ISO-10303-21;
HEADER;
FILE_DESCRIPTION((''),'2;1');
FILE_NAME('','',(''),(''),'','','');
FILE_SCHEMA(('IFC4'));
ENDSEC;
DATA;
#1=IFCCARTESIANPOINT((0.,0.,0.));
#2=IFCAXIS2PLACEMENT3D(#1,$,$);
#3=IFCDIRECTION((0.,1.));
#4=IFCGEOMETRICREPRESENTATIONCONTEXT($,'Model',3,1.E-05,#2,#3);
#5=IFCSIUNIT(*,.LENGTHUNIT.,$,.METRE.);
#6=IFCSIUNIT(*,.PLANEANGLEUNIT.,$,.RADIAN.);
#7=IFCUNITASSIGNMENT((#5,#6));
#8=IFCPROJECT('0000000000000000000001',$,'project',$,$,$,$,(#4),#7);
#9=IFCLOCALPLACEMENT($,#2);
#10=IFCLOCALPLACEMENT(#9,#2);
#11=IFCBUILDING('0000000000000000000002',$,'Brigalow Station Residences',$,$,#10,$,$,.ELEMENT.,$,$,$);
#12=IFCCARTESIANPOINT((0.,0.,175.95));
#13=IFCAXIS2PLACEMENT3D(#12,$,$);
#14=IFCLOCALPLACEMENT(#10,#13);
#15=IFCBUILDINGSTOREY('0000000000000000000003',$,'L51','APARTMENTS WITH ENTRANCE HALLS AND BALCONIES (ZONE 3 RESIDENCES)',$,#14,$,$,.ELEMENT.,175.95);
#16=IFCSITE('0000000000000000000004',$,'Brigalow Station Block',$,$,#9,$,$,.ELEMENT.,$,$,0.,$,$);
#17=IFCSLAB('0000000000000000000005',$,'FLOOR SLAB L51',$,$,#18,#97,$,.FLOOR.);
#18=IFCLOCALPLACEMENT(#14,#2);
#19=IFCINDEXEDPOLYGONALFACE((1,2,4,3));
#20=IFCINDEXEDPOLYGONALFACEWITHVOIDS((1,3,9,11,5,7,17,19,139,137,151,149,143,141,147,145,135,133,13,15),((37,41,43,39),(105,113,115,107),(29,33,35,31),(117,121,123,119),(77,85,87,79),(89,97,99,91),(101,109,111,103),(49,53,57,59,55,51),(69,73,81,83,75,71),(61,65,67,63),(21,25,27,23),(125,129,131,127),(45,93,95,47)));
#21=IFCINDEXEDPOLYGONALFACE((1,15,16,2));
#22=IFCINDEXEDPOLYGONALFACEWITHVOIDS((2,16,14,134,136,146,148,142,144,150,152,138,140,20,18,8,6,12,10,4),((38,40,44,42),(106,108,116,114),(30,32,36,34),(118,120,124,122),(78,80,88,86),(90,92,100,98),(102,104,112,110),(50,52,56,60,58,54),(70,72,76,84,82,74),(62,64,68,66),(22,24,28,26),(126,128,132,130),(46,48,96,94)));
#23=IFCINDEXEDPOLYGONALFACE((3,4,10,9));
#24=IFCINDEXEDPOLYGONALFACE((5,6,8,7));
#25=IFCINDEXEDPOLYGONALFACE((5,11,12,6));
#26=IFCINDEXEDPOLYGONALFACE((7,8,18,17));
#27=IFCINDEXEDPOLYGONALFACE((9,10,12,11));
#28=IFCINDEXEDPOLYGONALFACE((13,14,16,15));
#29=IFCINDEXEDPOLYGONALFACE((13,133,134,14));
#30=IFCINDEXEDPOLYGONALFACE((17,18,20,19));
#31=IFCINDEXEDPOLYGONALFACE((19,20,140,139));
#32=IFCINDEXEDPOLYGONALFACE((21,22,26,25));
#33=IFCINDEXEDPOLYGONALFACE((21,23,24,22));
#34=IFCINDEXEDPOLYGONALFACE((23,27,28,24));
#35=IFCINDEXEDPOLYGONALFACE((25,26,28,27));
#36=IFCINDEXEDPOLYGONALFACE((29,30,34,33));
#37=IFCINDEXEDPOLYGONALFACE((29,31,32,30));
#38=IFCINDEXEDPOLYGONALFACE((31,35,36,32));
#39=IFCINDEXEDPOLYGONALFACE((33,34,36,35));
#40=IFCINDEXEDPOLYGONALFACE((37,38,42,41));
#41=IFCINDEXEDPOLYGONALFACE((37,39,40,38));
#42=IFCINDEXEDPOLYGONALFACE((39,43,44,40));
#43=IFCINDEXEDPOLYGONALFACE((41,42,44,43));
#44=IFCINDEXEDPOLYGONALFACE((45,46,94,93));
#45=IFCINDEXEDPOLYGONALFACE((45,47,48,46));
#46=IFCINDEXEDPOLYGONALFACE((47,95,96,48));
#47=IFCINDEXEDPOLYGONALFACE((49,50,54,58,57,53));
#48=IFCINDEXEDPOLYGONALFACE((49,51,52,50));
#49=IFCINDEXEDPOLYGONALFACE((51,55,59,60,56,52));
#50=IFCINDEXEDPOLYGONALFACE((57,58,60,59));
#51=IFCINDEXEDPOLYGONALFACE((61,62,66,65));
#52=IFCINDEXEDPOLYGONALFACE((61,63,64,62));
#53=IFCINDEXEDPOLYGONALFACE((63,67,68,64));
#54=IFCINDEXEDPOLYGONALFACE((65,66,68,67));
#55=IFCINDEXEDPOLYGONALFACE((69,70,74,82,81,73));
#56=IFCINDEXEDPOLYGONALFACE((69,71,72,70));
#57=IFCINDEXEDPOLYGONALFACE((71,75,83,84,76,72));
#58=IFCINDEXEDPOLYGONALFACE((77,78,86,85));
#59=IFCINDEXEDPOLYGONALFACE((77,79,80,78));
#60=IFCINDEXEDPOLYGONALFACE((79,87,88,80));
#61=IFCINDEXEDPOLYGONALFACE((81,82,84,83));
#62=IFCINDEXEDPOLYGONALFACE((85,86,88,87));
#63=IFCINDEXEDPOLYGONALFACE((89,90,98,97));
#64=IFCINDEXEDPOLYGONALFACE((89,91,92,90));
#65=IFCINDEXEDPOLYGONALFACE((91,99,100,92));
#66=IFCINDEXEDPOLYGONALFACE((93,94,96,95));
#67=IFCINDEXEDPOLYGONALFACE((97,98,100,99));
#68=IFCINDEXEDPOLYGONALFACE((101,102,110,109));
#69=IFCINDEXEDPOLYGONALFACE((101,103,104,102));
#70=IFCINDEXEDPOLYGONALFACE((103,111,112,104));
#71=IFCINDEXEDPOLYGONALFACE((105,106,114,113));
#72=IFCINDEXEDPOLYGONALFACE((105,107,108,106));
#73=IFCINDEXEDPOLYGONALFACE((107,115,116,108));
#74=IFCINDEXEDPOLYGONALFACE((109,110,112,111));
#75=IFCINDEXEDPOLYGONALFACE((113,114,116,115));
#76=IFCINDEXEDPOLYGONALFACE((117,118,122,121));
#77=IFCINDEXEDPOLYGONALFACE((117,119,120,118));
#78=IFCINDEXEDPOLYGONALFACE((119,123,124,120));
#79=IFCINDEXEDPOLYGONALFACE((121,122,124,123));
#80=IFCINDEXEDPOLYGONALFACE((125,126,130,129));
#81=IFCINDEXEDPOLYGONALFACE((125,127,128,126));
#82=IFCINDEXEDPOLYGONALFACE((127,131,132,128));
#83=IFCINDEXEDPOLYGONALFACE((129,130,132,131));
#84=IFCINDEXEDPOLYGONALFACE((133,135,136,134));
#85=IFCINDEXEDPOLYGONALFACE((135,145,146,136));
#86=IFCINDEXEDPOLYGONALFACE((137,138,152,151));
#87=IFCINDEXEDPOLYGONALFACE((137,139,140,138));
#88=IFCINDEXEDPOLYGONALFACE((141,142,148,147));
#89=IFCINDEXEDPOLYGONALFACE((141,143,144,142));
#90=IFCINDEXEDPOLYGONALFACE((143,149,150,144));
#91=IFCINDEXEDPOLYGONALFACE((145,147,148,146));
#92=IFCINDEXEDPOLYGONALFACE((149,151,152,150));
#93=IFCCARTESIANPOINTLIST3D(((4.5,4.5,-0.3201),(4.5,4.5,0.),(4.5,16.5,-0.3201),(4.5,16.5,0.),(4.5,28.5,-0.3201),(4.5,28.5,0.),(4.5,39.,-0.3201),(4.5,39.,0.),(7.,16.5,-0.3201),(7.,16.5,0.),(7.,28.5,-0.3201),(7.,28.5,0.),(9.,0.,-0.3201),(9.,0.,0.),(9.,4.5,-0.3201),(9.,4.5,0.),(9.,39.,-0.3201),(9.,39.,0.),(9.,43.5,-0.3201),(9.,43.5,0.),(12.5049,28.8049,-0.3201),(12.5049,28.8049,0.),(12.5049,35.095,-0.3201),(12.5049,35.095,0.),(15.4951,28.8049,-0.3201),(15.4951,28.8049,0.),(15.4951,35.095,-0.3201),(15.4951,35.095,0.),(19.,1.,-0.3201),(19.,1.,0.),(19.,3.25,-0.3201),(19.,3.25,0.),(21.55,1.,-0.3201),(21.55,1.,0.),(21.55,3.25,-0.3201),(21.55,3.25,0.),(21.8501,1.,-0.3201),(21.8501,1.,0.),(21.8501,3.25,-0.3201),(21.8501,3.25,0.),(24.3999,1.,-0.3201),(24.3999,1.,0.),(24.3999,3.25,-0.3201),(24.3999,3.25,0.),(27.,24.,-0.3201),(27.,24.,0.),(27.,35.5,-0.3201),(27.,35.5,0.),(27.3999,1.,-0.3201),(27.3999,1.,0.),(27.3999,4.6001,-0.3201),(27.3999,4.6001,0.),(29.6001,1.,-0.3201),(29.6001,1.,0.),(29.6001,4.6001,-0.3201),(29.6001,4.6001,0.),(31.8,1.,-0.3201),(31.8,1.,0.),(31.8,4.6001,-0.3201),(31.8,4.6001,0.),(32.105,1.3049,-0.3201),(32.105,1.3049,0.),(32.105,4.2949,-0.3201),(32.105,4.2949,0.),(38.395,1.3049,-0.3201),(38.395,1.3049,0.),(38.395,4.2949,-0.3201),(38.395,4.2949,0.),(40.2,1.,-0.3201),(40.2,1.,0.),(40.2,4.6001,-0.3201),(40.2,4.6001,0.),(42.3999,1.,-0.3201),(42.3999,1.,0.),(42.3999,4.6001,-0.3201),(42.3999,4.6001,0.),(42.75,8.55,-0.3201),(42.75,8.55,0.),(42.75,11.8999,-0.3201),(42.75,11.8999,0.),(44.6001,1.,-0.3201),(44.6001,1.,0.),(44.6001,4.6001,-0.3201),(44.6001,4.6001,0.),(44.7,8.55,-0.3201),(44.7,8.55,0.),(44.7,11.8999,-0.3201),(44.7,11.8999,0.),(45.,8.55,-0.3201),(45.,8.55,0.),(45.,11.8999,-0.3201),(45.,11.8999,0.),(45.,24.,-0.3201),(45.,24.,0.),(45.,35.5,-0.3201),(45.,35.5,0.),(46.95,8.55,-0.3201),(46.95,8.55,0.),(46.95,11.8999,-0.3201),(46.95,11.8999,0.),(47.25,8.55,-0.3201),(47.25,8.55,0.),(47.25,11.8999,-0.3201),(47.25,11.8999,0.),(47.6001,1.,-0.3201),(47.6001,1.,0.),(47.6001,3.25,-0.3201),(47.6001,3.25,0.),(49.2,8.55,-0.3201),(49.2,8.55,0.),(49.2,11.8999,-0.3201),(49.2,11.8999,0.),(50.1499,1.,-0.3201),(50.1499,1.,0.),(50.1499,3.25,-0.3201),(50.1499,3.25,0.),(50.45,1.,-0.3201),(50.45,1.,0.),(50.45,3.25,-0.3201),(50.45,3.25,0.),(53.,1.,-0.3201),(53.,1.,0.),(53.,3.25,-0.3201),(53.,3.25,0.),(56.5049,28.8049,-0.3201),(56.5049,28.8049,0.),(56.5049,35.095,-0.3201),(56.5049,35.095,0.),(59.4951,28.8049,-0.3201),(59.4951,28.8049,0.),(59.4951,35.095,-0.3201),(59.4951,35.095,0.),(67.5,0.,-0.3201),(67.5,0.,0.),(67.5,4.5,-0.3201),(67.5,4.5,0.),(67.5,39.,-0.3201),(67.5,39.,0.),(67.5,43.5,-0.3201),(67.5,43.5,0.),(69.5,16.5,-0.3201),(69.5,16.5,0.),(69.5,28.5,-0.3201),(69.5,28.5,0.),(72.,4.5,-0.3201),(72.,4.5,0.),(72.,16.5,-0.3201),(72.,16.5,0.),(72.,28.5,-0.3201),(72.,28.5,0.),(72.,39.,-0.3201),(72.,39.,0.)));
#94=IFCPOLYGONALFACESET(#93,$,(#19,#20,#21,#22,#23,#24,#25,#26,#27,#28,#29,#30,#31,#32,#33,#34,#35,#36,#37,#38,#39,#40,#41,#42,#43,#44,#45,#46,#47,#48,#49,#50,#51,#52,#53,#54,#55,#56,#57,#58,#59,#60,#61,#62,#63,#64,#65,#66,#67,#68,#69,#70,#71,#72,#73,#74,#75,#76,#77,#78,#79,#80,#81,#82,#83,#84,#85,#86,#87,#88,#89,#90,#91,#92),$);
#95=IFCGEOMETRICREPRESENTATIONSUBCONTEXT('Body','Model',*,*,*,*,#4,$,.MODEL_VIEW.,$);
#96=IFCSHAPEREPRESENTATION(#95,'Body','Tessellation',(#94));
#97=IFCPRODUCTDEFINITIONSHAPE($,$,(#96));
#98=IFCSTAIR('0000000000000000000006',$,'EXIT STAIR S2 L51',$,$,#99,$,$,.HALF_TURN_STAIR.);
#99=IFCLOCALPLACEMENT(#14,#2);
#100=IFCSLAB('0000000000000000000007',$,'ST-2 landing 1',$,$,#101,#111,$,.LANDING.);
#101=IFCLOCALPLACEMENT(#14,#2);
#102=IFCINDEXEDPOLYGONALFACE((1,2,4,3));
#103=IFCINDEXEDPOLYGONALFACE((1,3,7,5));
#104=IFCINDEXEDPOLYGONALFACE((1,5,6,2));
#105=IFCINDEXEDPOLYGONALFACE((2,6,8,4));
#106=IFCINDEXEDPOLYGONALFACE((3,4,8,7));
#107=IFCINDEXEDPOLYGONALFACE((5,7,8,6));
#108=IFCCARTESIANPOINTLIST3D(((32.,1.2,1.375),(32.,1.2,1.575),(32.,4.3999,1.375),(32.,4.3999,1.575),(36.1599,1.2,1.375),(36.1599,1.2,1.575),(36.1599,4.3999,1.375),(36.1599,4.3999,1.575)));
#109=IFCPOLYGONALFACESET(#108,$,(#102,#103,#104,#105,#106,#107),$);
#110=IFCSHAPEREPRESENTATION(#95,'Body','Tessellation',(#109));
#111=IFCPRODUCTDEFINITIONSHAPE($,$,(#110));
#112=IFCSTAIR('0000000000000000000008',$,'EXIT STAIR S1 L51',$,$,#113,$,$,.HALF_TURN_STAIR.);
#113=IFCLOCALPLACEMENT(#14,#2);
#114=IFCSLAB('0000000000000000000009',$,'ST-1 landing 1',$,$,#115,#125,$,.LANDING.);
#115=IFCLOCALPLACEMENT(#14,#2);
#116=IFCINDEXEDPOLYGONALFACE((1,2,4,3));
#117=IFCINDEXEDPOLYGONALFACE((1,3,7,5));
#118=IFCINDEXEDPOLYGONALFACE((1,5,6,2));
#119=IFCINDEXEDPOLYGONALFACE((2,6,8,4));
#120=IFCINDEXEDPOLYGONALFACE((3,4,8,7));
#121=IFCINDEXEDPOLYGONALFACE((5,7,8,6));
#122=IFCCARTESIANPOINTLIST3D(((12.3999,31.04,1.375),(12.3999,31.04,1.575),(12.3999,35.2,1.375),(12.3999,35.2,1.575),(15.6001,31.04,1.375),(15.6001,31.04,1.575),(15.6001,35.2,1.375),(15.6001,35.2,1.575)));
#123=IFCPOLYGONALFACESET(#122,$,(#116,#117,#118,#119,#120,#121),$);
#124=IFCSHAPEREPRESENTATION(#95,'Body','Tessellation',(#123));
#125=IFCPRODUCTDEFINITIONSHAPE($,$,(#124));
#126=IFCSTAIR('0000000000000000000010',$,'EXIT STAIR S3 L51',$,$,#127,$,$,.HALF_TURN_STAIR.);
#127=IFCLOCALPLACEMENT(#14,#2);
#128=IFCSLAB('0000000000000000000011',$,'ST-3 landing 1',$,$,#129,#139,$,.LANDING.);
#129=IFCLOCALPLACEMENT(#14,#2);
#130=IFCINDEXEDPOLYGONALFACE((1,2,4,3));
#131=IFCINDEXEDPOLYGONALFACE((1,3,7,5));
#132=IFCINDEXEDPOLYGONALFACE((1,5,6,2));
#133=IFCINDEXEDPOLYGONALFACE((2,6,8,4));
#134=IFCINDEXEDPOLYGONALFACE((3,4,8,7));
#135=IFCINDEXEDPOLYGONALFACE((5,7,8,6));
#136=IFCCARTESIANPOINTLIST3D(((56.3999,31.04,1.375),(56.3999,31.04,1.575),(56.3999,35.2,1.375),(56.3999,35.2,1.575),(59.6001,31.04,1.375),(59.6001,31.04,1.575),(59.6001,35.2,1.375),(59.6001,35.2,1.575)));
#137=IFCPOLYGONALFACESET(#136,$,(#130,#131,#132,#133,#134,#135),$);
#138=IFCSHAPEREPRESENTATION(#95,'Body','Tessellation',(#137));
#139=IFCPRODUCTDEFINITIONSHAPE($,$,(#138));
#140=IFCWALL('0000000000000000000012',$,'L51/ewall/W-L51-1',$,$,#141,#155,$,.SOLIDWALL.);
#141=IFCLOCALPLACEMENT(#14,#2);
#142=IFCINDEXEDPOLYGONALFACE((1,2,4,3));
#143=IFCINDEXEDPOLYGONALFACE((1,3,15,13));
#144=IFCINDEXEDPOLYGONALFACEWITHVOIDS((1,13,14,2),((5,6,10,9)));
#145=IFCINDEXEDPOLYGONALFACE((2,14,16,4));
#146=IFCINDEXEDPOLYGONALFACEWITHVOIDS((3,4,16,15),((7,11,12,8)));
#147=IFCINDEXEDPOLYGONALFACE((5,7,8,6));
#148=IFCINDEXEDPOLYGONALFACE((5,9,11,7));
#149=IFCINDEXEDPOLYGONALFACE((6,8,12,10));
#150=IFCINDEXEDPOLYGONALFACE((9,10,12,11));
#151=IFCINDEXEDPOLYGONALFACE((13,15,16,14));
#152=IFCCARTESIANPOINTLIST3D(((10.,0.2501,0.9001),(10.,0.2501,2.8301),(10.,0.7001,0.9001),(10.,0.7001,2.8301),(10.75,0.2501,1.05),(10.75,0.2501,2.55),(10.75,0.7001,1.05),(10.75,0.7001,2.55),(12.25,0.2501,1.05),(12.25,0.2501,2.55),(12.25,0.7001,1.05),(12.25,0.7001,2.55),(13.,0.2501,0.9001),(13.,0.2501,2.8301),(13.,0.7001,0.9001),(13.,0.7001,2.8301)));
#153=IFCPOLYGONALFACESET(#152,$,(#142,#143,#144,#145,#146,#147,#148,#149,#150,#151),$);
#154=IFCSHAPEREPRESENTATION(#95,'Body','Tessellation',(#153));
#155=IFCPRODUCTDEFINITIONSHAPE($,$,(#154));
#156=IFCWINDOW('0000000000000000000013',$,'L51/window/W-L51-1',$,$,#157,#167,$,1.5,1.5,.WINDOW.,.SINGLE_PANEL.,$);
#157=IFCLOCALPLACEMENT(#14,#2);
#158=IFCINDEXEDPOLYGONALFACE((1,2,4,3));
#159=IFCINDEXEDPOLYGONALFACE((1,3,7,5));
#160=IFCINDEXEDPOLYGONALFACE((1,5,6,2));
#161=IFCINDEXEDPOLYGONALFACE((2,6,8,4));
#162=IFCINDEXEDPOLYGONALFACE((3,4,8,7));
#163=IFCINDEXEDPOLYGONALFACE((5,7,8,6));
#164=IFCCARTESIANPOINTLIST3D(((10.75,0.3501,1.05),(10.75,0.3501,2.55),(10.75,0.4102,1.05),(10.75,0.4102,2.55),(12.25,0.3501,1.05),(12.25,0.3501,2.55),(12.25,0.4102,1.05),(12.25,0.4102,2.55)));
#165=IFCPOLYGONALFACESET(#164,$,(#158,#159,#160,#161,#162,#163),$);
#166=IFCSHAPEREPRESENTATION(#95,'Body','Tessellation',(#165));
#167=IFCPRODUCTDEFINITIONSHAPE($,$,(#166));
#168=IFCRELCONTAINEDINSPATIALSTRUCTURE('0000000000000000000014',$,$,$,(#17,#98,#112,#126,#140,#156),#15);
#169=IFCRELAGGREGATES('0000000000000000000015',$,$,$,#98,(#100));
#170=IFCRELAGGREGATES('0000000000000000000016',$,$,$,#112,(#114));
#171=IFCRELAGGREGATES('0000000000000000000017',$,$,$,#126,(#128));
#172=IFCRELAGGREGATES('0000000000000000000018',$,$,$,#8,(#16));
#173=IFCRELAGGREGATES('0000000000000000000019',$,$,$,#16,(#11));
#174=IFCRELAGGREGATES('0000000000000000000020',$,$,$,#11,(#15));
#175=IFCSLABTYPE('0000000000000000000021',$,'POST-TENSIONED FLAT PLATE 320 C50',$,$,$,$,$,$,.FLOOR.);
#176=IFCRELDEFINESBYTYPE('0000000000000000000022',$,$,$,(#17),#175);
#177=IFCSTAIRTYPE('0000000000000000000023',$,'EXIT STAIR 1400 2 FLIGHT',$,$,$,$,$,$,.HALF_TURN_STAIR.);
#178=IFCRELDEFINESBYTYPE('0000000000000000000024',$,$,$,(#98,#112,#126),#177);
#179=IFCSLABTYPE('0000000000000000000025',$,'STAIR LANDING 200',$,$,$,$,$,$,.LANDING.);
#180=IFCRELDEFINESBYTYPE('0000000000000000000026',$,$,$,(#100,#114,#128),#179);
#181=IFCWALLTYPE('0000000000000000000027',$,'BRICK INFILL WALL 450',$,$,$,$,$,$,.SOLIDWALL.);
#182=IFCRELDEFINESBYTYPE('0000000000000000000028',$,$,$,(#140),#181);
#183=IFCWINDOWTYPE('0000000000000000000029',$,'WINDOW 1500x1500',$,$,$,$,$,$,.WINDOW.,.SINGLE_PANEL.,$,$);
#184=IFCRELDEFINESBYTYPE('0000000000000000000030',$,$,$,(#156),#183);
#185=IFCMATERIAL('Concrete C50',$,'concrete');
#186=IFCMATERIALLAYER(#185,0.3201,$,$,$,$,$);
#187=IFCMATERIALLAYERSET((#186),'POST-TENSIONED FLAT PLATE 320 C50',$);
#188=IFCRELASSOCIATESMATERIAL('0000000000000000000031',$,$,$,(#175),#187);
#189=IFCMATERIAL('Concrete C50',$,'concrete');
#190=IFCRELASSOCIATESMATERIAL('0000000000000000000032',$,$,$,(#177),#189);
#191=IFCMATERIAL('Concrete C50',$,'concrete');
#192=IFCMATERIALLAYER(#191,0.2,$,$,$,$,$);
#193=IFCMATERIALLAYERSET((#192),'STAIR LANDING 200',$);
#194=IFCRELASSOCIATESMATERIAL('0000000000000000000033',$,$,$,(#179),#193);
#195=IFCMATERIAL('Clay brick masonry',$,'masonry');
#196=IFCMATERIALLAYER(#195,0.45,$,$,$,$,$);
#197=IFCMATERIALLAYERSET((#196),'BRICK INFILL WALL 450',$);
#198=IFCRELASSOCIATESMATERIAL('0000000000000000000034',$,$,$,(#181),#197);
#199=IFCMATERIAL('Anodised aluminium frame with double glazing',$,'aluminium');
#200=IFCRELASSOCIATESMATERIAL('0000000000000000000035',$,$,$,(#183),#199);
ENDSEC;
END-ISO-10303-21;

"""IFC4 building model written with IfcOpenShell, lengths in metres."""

from ifc_helpers import new_model, si_unit, direction, frame, frame_2d, origin, place, context, subcontext, project, spatial, polyline, rectangle, outline, extrude, material, layer, layer_set, type_object, element, fill, aggregate, save


model = new_model("IFC4")

# Units and contexts
model_context = context("Model", 3, precision=1e-05, world=origin(), true_north=direction((0.0, 1.0)))
body_context = subcontext(model_context, "Body", "Model", "MODEL_VIEW")
ifc_project = project(units=[si_unit("LENGTHUNIT", "METRE"), si_unit("PLANEANGLEUNIT", "RADIAN")], contexts=[model_context])

# Site, building, storey
site_placement = place(None, origin())
site = spatial("IfcSite", under=ifc_project, at=site_placement, Name="Brigalow Station Block", CompositionType="ELEMENT", RefElevation=0.0)
building_placement = place(site_placement, origin())
building = spatial("IfcBuilding", under=site, at=building_placement, Name="Brigalow Station Residences", CompositionType="ELEMENT")
storey_placement = place(building_placement, frame((0.0, 0.0, 175.95)))
storey = spatial("IfcBuildingStorey", under=building, at=storey_placement, Name="L51", Description="APARTMENTS WITH ENTRANCE HALLS AND BALCONIES (ZONE 3 RESIDENCES)", CompositionType="ELEMENT", Elevation=175.95)

# Slab
ifc_material_1 = material(Name="Concrete C50", Category="concrete")
ifc_layer_1 = layer(ifc_material_1, 0.3201)
ifc_layer_set_1 = layer_set([ifc_layer_1], Name="POST-TENSIONED FLAT PLATE 320 C50")
slab_type_1 = type_object("IfcSlabType", Name="POST-TENSIONED FLAT PLATE 320 C50", PredefinedType="FLOOR", material=ifc_layer_set_1)
slab_1_placement = place(storey_placement, frame((0.0, 0.0, -0.3201)))
element("IfcSlab", 1, at=slab_1_placement, inside=storey, type_object=slab_type_1, Name="FLOOR SLAB L51", PredefinedType="FLOOR", context=body_context, shape_type="SweptSolid", body=[
    extrude(outline(polyline([(9.0, 0.0), (67.5, 0.0), (67.5, 4.5), (72.0, 4.5), (72.0, 16.5), (69.5, 16.5), (69.5, 28.5), (72.0, 28.5), (72.0, 39.0), (67.5, 39.0), (67.5, 43.5), (9.0, 43.5), (9.0, 39.0), (4.5, 39.0), (4.5, 28.5), (7.0, 28.5), (7.0, 16.5), (4.5, 16.5), (4.5, 4.5), (9.0, 4.5), (9.0, 0.0)]), holes=[polyline([(12.5049, 35.095), (15.4951, 35.095), (15.4951, 28.8049), (12.5049, 28.8049), (12.5049, 35.095)]), polyline([(19.0, 1.0), (19.0, 3.25), (21.55, 3.25), (21.55, 1.0), (19.0, 1.0)]), polyline([(21.8501, 3.25), (24.3999, 3.25), (24.3999, 1.0), (21.8501, 1.0), (21.8501, 3.25)]), polyline([(27.0, 35.5), (45.0, 35.5), (45.0, 24.0), (27.0, 24.0), (27.0, 35.5)]), polyline([(29.6001, 4.6001), (31.8, 4.6001), (31.8, 1.0), (29.6001, 1.0), (27.3999, 1.0), (27.3999, 4.6001), (29.6001, 4.6001)]), polyline([(32.105, 4.2949), (38.395, 4.2949), (38.395, 1.3049), (32.105, 1.3049), (32.105, 4.2949)]), polyline([(40.2, 4.6001), (42.3999, 4.6001), (44.6001, 4.6001), (44.6001, 1.0), (42.3999, 1.0), (40.2, 1.0), (40.2, 4.6001)]), polyline([(42.75, 11.8999), (44.7, 11.8999), (44.7, 8.55), (42.75, 8.55), (42.75, 11.8999)]), polyline([(45.0, 11.8999), (46.95, 11.8999), (46.95, 8.55), (45.0, 8.55), (45.0, 11.8999)]), polyline([(47.25, 11.8999), (49.2, 11.8999), (49.2, 8.55), (47.25, 8.55), (47.25, 11.8999)]), polyline([(47.6001, 3.25), (50.1499, 3.25), (50.1499, 1.0), (47.6001, 1.0), (47.6001, 3.25)]), polyline([(50.45, 3.25), (53.0, 3.25), (53.0, 1.0), (50.45, 1.0), (50.45, 3.25)]), polyline([(56.5049, 35.095), (59.4951, 35.095), (59.4951, 28.8049), (56.5049, 28.8049), (56.5049, 35.095)])]), origin(), (0.0, 0.0, 1.0), 0.3201),
])

# Stairs, slabs
ifc_material_2 = material(Name="Concrete C50", Category="concrete")
stair_type = type_object("IfcStairType", Name="EXIT STAIR 1400 2 FLIGHT", PredefinedType="HALF_TURN_STAIR", material=ifc_material_2)
stair_1_placement = place(storey_placement, origin())
stair_1 = element("IfcStair", 2, at=stair_1_placement, inside=storey, type_object=stair_type, Name="EXIT STAIR S2 L51", PredefinedType="HALF_TURN_STAIR")
ifc_material_3 = material(Name="Concrete C50", Category="concrete")
ifc_layer_2 = layer(ifc_material_3, 0.2)
ifc_layer_set_2 = layer_set([ifc_layer_2], Name="STAIR LANDING 200")
slab_type_2 = type_object("IfcSlabType", Name="STAIR LANDING 200", PredefinedType="LANDING", material=ifc_layer_set_2)
slab_2_placement = place(storey_placement, frame((0.0, 0.0, 1.375)))
slab_2 = element("IfcSlab", 3, at=slab_2_placement, type_object=slab_type_2, Name="ST-2 landing 1", PredefinedType="LANDING", context=body_context, shape_type="SweptSolid", body=[
    extrude(outline(polyline([(32.0, 1.2), (36.1599, 1.2), (36.1599, 4.3999), (32.0, 4.3999), (32.0, 1.2)])), origin(), (0.0, 0.0, 1.0), 0.2),
])
aggregate(stair_1, [slab_2])
stair_2_placement = place(storey_placement, origin())
stair_2 = element("IfcStair", 4, at=stair_2_placement, inside=storey, type_object=stair_type, Name="EXIT STAIR S1 L51", PredefinedType="HALF_TURN_STAIR")
slab_3_placement = place(storey_placement, frame((0.0, 0.0, 1.375)))
slab_3 = element("IfcSlab", 5, at=slab_3_placement, type_object=slab_type_2, Name="ST-1 landing 1", PredefinedType="LANDING", context=body_context, shape_type="SweptSolid", body=[
    extrude(outline(polyline([(12.3999, 31.04), (15.6001, 31.04), (15.6001, 35.2), (12.3999, 35.2), (12.3999, 31.04)])), origin(), (0.0, 0.0, 1.0), 0.2),
])
aggregate(stair_2, [slab_3])
stair_3_placement = place(storey_placement, origin())
stair_3 = element("IfcStair", 6, at=stair_3_placement, inside=storey, type_object=stair_type, Name="EXIT STAIR S3 L51", PredefinedType="HALF_TURN_STAIR")
slab_4_placement = place(storey_placement, frame((0.0, 0.0, 1.375)))
slab_4 = element("IfcSlab", 7, at=slab_4_placement, type_object=slab_type_2, Name="ST-3 landing 1", PredefinedType="LANDING", context=body_context, shape_type="SweptSolid", body=[
    extrude(outline(polyline([(56.3999, 31.04), (59.6001, 31.04), (59.6001, 35.2), (56.3999, 35.2), (56.3999, 31.04)])), origin(), (0.0, 0.0, 1.0), 0.2),
])
aggregate(stair_3, [slab_4])

# Wall, opening, window
ifc_material_4 = material(Name="Clay brick masonry", Category="masonry")
ifc_layer_3 = layer(ifc_material_4, 0.45)
ifc_layer_set_3 = layer_set([ifc_layer_3], Name="BRICK INFILL WALL 450")
wall_type_1 = type_object("IfcWallType", Name="BRICK INFILL WALL 450", PredefinedType="SOLIDWALL", material=ifc_layer_set_3)
wall_1_placement = place(storey_placement, frame((10.0, 0.4751, 0.9001), z_axis=(0.0, 0.0, 1.0), x_axis=(1.0, 0.0, 0.0)))
wall_1 = element("IfcWall", 8, at=wall_1_placement, inside=storey, type_object=wall_type_1, Name="L51/ewall/W-L51-1", PredefinedType="SOLIDWALL", context=body_context, shape_type="SweptSolid", body=[
    extrude(rectangle(XDim=3.0, YDim=0.45, at=frame_2d((1.5, 0.0))), origin(), (0.0, 0.0, 1.0), 1.9299),
])
opening_1_placement = place(wall_1_placement, frame((0.75, 0.0, 0.1499)))
opening_1 = element("IfcOpeningElement", 9, at=opening_1_placement, cuts=wall_1, PredefinedType="OPENING", context=body_context, shape_type="SweptSolid", body=[
    extrude(rectangle(XDim=1.5, YDim=1.5, at=frame_2d((0.75, 0.75))), frame((0.0, 0.2349, 0.0), z_axis=(0.0, -1.0, 0.0), x_axis=(1.0, 0.0, 0.0)), (0.0, 0.0, 1.0), 0.47),
])
ifc_material_5 = material(Name="Anodised aluminium frame with double glazing", Category="aluminium")
window_type_1 = type_object("IfcWindowType", Name="WINDOW 1500x1500", PartitioningType="SINGLE_PANEL", PredefinedType="WINDOW", material=ifc_material_5)
window_1_placement = place(opening_1_placement, origin())
window_1 = element("IfcWindow", 10, at=window_1_placement, inside=storey, type_object=window_type_1, Name="L51/window/W-L51-1", OverallHeight=1.5, OverallWidth=1.5, PartitioningType="SINGLE_PANEL", PredefinedType="WINDOW", context=body_context, shape_type="SweptSolid", body=[
    extrude(rectangle(XDim=1.5, YDim=1.5, at=frame_2d((0.75, 0.75))), frame((0.0, -0.0649, 0.0), z_axis=(0.0, -1.0, 0.0), x_axis=(1.0, 0.0, 0.0)), (0.0, 0.0, 1.0), 0.0601),
])
fill(opening_1, window_1)

save(model, "model.ifc")
